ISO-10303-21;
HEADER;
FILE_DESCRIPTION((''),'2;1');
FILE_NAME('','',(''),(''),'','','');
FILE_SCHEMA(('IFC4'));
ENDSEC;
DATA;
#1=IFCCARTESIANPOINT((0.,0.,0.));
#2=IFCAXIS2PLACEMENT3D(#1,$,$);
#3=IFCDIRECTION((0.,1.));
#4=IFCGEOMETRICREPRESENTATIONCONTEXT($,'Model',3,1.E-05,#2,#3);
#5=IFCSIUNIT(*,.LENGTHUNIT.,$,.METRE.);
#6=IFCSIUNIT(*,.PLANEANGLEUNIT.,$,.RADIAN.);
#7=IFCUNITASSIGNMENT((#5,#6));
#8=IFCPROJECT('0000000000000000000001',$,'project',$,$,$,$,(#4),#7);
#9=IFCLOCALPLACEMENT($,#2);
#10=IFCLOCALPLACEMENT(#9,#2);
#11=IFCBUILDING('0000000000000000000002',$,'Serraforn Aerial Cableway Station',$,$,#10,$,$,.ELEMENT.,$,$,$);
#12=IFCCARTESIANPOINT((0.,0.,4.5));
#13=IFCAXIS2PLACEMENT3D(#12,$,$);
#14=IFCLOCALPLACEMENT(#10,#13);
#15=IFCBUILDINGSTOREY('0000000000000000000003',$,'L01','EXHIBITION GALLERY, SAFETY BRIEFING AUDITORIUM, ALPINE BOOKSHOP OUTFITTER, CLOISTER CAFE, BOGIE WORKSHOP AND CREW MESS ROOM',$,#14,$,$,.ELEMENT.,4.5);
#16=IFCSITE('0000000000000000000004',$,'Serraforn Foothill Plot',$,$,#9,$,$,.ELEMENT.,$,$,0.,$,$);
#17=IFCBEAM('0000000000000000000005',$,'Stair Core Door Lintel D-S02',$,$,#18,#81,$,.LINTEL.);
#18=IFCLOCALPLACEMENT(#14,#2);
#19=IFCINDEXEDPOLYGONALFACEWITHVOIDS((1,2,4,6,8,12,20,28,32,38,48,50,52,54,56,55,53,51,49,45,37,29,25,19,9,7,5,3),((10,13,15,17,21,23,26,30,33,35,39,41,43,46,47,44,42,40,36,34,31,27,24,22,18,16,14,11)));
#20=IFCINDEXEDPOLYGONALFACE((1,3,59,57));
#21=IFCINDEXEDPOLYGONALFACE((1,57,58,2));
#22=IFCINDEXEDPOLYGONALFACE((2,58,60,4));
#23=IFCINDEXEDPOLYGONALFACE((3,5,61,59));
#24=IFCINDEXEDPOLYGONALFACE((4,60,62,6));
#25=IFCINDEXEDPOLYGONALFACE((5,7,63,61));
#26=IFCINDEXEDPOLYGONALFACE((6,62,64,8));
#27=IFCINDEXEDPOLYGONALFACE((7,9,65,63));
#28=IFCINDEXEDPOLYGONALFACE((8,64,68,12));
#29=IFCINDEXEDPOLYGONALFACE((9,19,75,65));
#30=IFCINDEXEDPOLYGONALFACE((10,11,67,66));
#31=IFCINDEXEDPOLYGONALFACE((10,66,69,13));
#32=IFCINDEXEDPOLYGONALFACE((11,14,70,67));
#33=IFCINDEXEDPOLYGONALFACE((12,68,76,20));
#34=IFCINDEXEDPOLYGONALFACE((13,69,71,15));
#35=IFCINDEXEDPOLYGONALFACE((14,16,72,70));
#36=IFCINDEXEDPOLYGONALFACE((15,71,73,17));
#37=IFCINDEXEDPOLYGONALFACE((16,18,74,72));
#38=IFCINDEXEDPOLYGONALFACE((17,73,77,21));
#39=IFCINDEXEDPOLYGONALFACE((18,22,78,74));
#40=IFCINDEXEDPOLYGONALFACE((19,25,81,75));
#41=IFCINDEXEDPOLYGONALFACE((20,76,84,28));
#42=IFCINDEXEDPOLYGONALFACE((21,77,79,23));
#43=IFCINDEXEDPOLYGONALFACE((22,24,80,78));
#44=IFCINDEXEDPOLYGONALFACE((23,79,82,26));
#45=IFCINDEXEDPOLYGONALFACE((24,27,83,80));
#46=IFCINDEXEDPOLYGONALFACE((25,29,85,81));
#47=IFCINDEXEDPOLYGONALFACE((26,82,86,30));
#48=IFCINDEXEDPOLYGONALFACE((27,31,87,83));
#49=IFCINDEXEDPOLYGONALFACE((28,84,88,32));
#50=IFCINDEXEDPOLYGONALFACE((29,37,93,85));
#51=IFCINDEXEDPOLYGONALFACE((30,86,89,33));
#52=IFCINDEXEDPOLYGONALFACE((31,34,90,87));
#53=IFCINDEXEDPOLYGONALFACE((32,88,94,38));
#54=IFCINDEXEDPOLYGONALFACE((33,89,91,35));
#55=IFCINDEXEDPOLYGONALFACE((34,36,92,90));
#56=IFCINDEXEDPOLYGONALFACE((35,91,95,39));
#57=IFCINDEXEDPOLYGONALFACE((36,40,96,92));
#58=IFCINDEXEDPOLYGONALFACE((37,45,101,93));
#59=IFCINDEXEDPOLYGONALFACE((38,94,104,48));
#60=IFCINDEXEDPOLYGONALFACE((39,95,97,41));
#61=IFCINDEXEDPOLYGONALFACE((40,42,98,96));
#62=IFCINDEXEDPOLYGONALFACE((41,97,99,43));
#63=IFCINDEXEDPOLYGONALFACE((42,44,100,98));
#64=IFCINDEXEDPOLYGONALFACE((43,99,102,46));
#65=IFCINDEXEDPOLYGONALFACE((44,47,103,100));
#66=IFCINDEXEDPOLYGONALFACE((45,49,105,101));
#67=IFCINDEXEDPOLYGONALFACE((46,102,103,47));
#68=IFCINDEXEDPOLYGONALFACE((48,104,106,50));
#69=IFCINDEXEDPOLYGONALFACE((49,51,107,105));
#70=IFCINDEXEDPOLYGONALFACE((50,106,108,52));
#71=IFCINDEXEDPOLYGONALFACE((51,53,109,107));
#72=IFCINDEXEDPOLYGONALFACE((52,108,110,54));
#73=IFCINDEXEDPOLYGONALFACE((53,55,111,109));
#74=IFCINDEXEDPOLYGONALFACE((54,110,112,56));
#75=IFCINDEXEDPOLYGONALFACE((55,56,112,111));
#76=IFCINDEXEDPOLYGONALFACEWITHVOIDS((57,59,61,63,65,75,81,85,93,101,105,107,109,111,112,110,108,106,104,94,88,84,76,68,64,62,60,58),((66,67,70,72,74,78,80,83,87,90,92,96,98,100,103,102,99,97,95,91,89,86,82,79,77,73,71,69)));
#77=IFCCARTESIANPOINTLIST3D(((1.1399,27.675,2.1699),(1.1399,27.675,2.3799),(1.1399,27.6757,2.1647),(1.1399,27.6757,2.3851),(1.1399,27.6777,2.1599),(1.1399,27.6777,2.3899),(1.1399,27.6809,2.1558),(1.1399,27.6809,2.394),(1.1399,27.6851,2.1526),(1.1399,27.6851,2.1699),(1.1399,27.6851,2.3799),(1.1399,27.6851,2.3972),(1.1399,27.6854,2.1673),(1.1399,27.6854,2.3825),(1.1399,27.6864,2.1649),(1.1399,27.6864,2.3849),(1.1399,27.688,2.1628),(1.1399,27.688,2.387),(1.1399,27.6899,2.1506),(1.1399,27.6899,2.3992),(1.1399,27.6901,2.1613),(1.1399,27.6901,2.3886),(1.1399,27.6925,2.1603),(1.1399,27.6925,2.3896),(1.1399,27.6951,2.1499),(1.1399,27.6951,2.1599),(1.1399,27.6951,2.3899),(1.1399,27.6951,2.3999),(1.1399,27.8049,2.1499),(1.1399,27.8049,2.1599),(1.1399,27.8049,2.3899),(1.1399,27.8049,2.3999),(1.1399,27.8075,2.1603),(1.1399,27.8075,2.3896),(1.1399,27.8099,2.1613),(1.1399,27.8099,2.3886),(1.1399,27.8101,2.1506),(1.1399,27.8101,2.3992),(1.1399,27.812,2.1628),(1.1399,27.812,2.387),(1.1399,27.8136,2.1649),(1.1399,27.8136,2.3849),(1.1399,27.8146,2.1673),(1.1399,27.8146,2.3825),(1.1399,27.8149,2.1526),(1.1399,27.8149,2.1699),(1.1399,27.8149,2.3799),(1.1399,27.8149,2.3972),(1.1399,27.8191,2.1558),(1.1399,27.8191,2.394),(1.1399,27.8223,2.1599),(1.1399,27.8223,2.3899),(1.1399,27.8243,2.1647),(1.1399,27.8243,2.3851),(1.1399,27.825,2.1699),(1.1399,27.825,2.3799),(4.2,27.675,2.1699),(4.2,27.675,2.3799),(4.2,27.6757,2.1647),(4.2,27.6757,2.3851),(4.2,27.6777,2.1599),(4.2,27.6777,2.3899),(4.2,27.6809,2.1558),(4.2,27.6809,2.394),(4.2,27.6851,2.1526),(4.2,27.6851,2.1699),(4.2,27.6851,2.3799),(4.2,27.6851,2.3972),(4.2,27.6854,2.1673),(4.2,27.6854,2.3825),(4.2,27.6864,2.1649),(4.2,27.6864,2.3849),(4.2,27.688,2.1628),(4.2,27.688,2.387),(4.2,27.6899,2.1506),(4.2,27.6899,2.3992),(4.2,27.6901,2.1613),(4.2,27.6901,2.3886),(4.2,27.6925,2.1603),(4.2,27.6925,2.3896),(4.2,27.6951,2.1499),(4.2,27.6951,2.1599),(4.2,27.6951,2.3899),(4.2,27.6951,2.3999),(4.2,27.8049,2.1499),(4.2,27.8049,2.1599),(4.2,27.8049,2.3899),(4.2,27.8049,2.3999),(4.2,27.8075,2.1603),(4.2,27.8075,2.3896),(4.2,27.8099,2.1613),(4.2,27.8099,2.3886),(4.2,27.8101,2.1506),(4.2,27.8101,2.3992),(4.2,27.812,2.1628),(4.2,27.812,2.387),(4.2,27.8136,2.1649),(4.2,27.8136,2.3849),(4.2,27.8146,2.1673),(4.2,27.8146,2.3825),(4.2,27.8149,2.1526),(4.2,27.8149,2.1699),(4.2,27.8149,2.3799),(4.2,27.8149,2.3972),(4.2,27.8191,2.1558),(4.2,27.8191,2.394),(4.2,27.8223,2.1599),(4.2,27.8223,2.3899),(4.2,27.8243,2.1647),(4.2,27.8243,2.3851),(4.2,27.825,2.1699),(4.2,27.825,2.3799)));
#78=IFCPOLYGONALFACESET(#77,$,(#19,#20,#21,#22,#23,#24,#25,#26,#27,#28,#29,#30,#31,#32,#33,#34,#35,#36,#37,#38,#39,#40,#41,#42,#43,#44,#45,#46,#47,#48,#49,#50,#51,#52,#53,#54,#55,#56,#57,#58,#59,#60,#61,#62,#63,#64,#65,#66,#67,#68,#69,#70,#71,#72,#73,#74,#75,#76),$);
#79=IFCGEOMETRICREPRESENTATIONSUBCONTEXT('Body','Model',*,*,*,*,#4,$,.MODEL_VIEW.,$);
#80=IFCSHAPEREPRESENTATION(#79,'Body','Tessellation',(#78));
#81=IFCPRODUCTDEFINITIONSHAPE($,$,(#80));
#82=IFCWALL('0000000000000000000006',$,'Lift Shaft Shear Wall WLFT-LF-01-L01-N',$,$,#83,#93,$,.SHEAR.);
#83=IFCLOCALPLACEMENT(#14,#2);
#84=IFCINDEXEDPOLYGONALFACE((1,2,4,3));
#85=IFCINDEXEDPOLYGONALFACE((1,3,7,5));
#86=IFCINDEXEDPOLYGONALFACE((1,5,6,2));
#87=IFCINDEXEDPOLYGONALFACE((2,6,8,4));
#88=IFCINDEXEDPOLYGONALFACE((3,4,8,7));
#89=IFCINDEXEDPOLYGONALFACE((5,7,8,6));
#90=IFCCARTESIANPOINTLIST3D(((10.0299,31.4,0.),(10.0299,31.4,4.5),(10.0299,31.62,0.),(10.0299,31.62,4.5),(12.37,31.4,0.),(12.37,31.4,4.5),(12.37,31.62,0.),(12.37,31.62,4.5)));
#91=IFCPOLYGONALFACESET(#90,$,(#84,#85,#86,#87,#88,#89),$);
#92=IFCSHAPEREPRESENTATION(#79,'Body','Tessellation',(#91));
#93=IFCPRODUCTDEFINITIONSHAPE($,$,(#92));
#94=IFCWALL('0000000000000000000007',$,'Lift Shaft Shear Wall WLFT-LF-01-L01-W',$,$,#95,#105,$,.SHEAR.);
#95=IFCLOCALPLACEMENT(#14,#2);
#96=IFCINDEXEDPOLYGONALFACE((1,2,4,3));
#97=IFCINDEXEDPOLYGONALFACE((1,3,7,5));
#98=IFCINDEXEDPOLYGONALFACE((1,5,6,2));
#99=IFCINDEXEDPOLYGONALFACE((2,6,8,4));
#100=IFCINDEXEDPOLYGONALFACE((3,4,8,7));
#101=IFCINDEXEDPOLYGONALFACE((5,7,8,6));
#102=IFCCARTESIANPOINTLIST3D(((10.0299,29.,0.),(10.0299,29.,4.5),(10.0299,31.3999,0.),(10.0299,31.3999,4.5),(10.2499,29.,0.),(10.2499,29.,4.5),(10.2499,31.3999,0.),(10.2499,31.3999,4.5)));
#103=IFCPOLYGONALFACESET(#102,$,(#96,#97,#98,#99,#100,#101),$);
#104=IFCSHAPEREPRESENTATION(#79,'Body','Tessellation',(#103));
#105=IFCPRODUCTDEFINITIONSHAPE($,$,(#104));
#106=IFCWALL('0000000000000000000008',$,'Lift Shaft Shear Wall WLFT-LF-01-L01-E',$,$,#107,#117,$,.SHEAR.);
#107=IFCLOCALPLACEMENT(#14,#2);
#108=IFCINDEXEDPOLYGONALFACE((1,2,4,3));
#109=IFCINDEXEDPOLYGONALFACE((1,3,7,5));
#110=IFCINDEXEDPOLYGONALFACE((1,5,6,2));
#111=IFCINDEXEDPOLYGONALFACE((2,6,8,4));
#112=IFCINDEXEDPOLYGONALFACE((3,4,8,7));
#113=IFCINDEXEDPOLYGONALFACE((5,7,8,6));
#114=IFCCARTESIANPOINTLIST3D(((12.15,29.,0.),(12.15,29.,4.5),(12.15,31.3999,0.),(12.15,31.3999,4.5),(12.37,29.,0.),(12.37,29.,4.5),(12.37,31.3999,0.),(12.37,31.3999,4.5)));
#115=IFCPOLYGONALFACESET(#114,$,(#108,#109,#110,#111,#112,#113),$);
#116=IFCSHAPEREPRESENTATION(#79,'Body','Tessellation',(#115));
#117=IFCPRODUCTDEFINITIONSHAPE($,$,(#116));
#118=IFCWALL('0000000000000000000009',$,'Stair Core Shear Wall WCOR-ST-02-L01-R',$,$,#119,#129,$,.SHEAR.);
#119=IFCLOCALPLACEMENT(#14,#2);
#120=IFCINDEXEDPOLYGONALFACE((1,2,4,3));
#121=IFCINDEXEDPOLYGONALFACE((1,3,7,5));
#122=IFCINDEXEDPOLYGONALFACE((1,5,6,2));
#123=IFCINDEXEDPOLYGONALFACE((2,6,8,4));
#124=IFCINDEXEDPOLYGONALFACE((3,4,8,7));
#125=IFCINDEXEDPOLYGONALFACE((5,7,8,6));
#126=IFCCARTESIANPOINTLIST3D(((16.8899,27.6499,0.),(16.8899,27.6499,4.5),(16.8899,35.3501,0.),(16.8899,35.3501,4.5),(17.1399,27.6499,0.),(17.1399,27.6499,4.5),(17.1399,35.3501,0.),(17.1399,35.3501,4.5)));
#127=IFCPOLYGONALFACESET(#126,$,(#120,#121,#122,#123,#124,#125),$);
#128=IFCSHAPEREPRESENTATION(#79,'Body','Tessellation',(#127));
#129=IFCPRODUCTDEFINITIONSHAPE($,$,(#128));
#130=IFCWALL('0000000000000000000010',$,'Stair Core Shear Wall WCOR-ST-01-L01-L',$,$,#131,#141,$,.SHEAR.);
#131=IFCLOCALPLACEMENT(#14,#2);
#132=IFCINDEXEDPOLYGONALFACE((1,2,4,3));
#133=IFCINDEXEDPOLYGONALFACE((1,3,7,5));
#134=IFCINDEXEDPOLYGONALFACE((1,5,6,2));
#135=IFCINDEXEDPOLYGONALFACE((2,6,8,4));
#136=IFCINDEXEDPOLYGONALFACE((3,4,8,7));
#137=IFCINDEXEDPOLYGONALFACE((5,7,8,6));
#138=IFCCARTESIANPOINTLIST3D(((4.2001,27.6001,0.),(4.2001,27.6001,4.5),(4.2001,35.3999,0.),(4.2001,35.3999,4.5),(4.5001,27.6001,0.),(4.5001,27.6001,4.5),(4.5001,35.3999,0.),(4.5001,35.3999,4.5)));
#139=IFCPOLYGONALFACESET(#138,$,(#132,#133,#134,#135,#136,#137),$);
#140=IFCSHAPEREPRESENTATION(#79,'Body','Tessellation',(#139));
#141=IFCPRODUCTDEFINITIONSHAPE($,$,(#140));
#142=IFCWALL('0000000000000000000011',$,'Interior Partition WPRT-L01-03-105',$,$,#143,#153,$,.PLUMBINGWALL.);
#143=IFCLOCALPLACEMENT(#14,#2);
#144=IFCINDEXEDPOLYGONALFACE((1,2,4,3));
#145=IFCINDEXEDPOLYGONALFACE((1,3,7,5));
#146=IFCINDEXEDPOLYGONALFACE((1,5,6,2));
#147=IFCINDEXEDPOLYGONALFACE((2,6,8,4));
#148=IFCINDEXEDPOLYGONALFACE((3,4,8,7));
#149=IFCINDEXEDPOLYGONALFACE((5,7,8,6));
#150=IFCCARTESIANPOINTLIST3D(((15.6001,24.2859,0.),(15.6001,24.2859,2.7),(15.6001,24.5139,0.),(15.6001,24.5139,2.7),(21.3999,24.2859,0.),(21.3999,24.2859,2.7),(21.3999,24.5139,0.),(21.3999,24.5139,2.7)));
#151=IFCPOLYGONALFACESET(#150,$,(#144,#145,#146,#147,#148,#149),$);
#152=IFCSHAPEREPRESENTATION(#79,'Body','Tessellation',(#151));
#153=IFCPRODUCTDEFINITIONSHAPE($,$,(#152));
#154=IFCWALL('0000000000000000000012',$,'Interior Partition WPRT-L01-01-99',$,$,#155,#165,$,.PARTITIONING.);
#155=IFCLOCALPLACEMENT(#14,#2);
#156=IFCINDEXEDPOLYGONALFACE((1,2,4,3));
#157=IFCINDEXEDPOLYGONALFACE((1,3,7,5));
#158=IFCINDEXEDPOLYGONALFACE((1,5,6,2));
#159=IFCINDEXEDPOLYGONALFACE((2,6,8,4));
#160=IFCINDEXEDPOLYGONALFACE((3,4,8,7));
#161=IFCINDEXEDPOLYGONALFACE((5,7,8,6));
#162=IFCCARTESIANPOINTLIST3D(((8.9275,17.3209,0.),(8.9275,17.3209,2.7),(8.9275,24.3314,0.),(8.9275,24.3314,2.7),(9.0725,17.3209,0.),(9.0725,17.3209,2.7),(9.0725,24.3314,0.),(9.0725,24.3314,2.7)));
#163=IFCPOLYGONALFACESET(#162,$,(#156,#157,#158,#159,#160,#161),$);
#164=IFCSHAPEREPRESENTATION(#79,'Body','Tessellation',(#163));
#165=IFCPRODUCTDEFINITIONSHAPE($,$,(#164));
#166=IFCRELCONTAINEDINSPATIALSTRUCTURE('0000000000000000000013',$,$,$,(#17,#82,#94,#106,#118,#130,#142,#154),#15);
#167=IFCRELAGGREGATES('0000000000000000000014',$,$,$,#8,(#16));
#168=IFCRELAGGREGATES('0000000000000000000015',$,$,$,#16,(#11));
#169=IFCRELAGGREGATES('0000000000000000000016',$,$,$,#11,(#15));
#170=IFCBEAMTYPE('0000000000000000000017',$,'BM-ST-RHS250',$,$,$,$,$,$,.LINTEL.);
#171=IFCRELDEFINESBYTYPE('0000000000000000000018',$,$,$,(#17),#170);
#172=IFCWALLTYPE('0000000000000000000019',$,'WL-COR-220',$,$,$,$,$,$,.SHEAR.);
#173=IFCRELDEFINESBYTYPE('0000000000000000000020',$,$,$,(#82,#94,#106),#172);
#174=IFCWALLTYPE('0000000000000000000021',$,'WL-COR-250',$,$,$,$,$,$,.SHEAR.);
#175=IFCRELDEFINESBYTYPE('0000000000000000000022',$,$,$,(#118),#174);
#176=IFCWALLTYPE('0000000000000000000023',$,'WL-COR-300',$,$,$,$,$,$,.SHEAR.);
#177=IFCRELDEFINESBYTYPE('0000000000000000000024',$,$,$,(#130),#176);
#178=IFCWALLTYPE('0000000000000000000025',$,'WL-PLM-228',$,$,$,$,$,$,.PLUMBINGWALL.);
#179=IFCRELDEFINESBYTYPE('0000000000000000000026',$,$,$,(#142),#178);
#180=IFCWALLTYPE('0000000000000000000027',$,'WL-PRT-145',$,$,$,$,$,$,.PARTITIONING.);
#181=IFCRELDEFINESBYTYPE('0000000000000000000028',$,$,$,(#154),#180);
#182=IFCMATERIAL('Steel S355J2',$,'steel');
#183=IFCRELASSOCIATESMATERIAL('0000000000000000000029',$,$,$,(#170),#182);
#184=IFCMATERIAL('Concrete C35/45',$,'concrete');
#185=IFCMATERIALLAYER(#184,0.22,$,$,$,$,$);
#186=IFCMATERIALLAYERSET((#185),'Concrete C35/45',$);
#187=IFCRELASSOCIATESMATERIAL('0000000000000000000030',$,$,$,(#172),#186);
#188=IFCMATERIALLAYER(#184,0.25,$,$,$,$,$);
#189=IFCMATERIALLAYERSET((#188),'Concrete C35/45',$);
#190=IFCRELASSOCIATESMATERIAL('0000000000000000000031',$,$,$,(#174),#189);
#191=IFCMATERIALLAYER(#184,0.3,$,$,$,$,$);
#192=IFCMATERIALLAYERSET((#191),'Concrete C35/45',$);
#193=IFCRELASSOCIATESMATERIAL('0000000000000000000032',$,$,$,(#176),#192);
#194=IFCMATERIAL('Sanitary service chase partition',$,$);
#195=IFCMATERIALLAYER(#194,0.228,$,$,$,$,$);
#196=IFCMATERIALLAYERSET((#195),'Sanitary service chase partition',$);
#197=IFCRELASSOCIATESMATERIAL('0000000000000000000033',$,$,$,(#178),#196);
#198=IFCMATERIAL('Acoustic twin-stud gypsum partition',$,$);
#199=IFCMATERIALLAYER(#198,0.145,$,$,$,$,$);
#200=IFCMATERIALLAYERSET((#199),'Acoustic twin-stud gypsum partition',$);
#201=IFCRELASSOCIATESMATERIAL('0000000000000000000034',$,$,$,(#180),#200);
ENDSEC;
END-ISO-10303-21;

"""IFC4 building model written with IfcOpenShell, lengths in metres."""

from ifc_helpers import new_model, si_unit, direction, frame, frame_2d, origin, origin_2d, place, context, subcontext, project, spatial, rectangle, hollow_rectangle, extrude, material, layer, layer_set, material_profile, profile_set, type_object, element, save


model = new_model("IFC4")

# Units and contexts
model_context = context("Model", 3, precision=1e-05, world=origin(), true_north=direction((0.0, 1.0)))
body_context = subcontext(model_context, "Body", "Model", "MODEL_VIEW")
ifc_project = project(units=[si_unit("LENGTHUNIT", "METRE"), si_unit("PLANEANGLEUNIT", "RADIAN")], contexts=[model_context])

# Site, building, storey
site_placement = place(None, origin())
site = spatial("IfcSite", under=ifc_project, at=site_placement, Name="Serraforn Foothill Plot", CompositionType="ELEMENT", RefElevation=0.0)
building_placement = place(site_placement, origin())
building = spatial("IfcBuilding", under=site, at=building_placement, Name="Serraforn Aerial Cableway Station", CompositionType="ELEMENT")
storey_placement = place(building_placement, frame((0.0, 0.0, 4.5)))
storey = spatial("IfcBuildingStorey", under=building, at=storey_placement, Name="L01", Description="EXHIBITION GALLERY, SAFETY BRIEFING AUDITORIUM, ALPINE BOOKSHOP OUTFITTER, CLOISTER CAFE, BOGIE WORKSHOP AND CREW MESS ROOM", CompositionType="ELEMENT", Elevation=4.5)

# Shared definitions
ifc_material_1 = material(Name="Concrete C35/45", Category="concrete")

# Beam
ifc_material_2 = material(Name="Steel S355J2", Category="steel")
ifc_material_profile_1 = material_profile(ifc_material_2, hollow_rectangle(XDim=0.1499, YDim=0.25, WallThickness=0.01, InnerFilletRadius=0.01, OuterFilletRadius=0.02, at=origin_2d()), Name="RHS 250x150x10.0")
ifc_profile_set_1 = profile_set([ifc_material_profile_1], Name="Steel S355J2")
beam_type_1 = type_object("IfcBeamType", Name="BM-ST-RHS250", PredefinedType="LINTEL", material=ifc_profile_set_1)
beam_1_placement = place(storey_placement, frame((4.2, 27.75, 2.2749), z_axis=(-1.0, 0.0, 0.0), x_axis=(0.0, -1.0, 0.0)))
element("IfcBeam", 1, at=beam_1_placement, inside=storey, type_object=beam_type_1, Name="Stair Core Door Lintel D-S02", PredefinedType="LINTEL", context=body_context, shape_type="SweptSolid", body=[
    extrude(hollow_rectangle(XDim=0.1499, YDim=0.25, WallThickness=0.01, InnerFilletRadius=0.01, OuterFilletRadius=0.02, at=origin_2d()), origin(), (0.0, 0.0, 1.0), 3.0601),
])

# Shared definitions
ifc_layer_1 = layer(ifc_material_1, 0.22)
ifc_layer_set_1 = layer_set([ifc_layer_1], Name="Concrete C35/45")
wall_type_1 = type_object("IfcWallType", Name="WL-COR-220", PredefinedType="SHEAR", material=ifc_layer_set_1)

# Walls
wall_1_placement = place(storey_placement, frame((10.03, 31.51, 0.0), z_axis=(0.0, 0.0, 1.0), x_axis=(1.0, 0.0, 0.0)))
element("IfcWall", 2, at=wall_1_placement, inside=storey, type_object=wall_type_1, Name="Lift Shaft Shear Wall WLFT-LF-01-L01-N", PredefinedType="SHEAR", context=body_context, shape_type="SweptSolid", body=[
    extrude(rectangle(XDim=2.3401, YDim=0.22, at=frame_2d((1.1699, 0.0))), origin(), (0.0, 0.0, 1.0), 4.5),
])
for number, where, z_axis, x_axis, name in (
    (3, (10.1399, 29.0, 0.0), (0.0, 0.0, 1.0), (0.0, 1.0, 0.0), "Lift Shaft Shear Wall WLFT-LF-01-L01-W"),
    (4, (12.26, 29.0, 0.0), (0.0, 0.0, 1.0), (0.0, 1.0, 0.0), "Lift Shaft Shear Wall WLFT-LF-01-L01-E"),
):
    element("IfcWall", number, at=place(storey_placement, frame(where, z_axis=z_axis, x_axis=x_axis)), inside=storey, type_object=wall_type_1, Name=name, PredefinedType="SHEAR", context=body_context, shape_type="SweptSolid", body=[
        extrude(rectangle(XDim=2.3999, YDim=0.22, at=frame_2d((1.2, 0.0))), origin(), (0.0, 0.0, 1.0), 4.5),
    ])
ifc_layer_2 = layer(ifc_material_1, 0.25)
ifc_layer_set_2 = layer_set([ifc_layer_2], Name="Concrete C35/45")
wall_type_2 = type_object("IfcWallType", Name="WL-COR-250", PredefinedType="SHEAR", material=ifc_layer_set_2)
wall_2_placement = place(storey_placement, frame((17.0149, 27.6499, 0.0), z_axis=(0.0, 0.0, 1.0), x_axis=(0.0, 1.0, 0.0)))
element("IfcWall", 5, at=wall_2_placement, inside=storey, type_object=wall_type_2, Name="Stair Core Shear Wall WCOR-ST-02-L01-R", PredefinedType="SHEAR", context=body_context, shape_type="SweptSolid", body=[
    extrude(rectangle(XDim=7.7002, YDim=0.25, at=frame_2d((3.8501, 0.0))), origin(), (0.0, 0.0, 1.0), 4.5),
])

# Shared definitions
ifc_layer_3 = layer(ifc_material_1, 0.3)
ifc_layer_set_3 = layer_set([ifc_layer_3], Name="Concrete C35/45")
wall_type_3 = type_object("IfcWallType", Name="WL-COR-300", PredefinedType="SHEAR", material=ifc_layer_set_3)

# Walls
wall_3_placement = place(storey_placement, frame((4.3501, 27.6001, 0.0), z_axis=(0.0, 0.0, 1.0), x_axis=(0.0, 1.0, 0.0)))
element("IfcWall", 6, at=wall_3_placement, inside=storey, type_object=wall_type_3, Name="Stair Core Shear Wall WCOR-ST-01-L01-L", PredefinedType="SHEAR", context=body_context, shape_type="SweptSolid", body=[
    extrude(rectangle(XDim=7.7998, YDim=0.3, at=frame_2d((3.8999, 0.0))), origin(), (0.0, 0.0, 1.0), 4.5),
])
ifc_material_3 = material(Name="Sanitary service chase partition")
ifc_layer_4 = layer(ifc_material_3, 0.228)
ifc_layer_set_4 = layer_set([ifc_layer_4], Name="Sanitary service chase partition")
wall_type_4 = type_object("IfcWallType", Name="WL-PLM-228", PredefinedType="PLUMBINGWALL", material=ifc_layer_set_4)
wall_4_placement = place(storey_placement, frame((15.6001, 24.3999, 0.0), z_axis=(0.0, 0.0, 1.0), x_axis=(1.0, 0.0, 0.0)))
element("IfcWall", 7, at=wall_4_placement, inside=storey, type_object=wall_type_4, Name="Interior Partition WPRT-L01-03-105", PredefinedType="PLUMBINGWALL", context=body_context, shape_type="SweptSolid", body=[
    extrude(rectangle(XDim=5.7998, YDim=0.228, at=frame_2d((2.8999, 0.0))), origin(), (0.0, 0.0, 1.0), 2.7),
])
ifc_material_4 = material(Name="Acoustic twin-stud gypsum partition")
ifc_layer_5 = layer(ifc_material_4, 0.145)
ifc_layer_set_5 = layer_set([ifc_layer_5], Name="Acoustic twin-stud gypsum partition")
wall_type_5 = type_object("IfcWallType", Name="WL-PRT-145", PredefinedType="PARTITIONING", material=ifc_layer_set_5)
wall_5_placement = place(storey_placement, frame((9.0, 24.3315, 0.0), z_axis=(0.0, 0.0, 1.0), x_axis=(0.0, -1.0, 0.0)))
element("IfcWall", 8, at=wall_5_placement, inside=storey, type_object=wall_type_5, Name="Interior Partition WPRT-L01-01-99", PredefinedType="PARTITIONING", context=body_context, shape_type="SweptSolid", body=[
    extrude(rectangle(XDim=7.0105, YDim=0.145, at=frame_2d((3.5054, 0.0))), origin(), (0.0, 0.0, 1.0), 2.7),
])

save(model, "model.ifc")
